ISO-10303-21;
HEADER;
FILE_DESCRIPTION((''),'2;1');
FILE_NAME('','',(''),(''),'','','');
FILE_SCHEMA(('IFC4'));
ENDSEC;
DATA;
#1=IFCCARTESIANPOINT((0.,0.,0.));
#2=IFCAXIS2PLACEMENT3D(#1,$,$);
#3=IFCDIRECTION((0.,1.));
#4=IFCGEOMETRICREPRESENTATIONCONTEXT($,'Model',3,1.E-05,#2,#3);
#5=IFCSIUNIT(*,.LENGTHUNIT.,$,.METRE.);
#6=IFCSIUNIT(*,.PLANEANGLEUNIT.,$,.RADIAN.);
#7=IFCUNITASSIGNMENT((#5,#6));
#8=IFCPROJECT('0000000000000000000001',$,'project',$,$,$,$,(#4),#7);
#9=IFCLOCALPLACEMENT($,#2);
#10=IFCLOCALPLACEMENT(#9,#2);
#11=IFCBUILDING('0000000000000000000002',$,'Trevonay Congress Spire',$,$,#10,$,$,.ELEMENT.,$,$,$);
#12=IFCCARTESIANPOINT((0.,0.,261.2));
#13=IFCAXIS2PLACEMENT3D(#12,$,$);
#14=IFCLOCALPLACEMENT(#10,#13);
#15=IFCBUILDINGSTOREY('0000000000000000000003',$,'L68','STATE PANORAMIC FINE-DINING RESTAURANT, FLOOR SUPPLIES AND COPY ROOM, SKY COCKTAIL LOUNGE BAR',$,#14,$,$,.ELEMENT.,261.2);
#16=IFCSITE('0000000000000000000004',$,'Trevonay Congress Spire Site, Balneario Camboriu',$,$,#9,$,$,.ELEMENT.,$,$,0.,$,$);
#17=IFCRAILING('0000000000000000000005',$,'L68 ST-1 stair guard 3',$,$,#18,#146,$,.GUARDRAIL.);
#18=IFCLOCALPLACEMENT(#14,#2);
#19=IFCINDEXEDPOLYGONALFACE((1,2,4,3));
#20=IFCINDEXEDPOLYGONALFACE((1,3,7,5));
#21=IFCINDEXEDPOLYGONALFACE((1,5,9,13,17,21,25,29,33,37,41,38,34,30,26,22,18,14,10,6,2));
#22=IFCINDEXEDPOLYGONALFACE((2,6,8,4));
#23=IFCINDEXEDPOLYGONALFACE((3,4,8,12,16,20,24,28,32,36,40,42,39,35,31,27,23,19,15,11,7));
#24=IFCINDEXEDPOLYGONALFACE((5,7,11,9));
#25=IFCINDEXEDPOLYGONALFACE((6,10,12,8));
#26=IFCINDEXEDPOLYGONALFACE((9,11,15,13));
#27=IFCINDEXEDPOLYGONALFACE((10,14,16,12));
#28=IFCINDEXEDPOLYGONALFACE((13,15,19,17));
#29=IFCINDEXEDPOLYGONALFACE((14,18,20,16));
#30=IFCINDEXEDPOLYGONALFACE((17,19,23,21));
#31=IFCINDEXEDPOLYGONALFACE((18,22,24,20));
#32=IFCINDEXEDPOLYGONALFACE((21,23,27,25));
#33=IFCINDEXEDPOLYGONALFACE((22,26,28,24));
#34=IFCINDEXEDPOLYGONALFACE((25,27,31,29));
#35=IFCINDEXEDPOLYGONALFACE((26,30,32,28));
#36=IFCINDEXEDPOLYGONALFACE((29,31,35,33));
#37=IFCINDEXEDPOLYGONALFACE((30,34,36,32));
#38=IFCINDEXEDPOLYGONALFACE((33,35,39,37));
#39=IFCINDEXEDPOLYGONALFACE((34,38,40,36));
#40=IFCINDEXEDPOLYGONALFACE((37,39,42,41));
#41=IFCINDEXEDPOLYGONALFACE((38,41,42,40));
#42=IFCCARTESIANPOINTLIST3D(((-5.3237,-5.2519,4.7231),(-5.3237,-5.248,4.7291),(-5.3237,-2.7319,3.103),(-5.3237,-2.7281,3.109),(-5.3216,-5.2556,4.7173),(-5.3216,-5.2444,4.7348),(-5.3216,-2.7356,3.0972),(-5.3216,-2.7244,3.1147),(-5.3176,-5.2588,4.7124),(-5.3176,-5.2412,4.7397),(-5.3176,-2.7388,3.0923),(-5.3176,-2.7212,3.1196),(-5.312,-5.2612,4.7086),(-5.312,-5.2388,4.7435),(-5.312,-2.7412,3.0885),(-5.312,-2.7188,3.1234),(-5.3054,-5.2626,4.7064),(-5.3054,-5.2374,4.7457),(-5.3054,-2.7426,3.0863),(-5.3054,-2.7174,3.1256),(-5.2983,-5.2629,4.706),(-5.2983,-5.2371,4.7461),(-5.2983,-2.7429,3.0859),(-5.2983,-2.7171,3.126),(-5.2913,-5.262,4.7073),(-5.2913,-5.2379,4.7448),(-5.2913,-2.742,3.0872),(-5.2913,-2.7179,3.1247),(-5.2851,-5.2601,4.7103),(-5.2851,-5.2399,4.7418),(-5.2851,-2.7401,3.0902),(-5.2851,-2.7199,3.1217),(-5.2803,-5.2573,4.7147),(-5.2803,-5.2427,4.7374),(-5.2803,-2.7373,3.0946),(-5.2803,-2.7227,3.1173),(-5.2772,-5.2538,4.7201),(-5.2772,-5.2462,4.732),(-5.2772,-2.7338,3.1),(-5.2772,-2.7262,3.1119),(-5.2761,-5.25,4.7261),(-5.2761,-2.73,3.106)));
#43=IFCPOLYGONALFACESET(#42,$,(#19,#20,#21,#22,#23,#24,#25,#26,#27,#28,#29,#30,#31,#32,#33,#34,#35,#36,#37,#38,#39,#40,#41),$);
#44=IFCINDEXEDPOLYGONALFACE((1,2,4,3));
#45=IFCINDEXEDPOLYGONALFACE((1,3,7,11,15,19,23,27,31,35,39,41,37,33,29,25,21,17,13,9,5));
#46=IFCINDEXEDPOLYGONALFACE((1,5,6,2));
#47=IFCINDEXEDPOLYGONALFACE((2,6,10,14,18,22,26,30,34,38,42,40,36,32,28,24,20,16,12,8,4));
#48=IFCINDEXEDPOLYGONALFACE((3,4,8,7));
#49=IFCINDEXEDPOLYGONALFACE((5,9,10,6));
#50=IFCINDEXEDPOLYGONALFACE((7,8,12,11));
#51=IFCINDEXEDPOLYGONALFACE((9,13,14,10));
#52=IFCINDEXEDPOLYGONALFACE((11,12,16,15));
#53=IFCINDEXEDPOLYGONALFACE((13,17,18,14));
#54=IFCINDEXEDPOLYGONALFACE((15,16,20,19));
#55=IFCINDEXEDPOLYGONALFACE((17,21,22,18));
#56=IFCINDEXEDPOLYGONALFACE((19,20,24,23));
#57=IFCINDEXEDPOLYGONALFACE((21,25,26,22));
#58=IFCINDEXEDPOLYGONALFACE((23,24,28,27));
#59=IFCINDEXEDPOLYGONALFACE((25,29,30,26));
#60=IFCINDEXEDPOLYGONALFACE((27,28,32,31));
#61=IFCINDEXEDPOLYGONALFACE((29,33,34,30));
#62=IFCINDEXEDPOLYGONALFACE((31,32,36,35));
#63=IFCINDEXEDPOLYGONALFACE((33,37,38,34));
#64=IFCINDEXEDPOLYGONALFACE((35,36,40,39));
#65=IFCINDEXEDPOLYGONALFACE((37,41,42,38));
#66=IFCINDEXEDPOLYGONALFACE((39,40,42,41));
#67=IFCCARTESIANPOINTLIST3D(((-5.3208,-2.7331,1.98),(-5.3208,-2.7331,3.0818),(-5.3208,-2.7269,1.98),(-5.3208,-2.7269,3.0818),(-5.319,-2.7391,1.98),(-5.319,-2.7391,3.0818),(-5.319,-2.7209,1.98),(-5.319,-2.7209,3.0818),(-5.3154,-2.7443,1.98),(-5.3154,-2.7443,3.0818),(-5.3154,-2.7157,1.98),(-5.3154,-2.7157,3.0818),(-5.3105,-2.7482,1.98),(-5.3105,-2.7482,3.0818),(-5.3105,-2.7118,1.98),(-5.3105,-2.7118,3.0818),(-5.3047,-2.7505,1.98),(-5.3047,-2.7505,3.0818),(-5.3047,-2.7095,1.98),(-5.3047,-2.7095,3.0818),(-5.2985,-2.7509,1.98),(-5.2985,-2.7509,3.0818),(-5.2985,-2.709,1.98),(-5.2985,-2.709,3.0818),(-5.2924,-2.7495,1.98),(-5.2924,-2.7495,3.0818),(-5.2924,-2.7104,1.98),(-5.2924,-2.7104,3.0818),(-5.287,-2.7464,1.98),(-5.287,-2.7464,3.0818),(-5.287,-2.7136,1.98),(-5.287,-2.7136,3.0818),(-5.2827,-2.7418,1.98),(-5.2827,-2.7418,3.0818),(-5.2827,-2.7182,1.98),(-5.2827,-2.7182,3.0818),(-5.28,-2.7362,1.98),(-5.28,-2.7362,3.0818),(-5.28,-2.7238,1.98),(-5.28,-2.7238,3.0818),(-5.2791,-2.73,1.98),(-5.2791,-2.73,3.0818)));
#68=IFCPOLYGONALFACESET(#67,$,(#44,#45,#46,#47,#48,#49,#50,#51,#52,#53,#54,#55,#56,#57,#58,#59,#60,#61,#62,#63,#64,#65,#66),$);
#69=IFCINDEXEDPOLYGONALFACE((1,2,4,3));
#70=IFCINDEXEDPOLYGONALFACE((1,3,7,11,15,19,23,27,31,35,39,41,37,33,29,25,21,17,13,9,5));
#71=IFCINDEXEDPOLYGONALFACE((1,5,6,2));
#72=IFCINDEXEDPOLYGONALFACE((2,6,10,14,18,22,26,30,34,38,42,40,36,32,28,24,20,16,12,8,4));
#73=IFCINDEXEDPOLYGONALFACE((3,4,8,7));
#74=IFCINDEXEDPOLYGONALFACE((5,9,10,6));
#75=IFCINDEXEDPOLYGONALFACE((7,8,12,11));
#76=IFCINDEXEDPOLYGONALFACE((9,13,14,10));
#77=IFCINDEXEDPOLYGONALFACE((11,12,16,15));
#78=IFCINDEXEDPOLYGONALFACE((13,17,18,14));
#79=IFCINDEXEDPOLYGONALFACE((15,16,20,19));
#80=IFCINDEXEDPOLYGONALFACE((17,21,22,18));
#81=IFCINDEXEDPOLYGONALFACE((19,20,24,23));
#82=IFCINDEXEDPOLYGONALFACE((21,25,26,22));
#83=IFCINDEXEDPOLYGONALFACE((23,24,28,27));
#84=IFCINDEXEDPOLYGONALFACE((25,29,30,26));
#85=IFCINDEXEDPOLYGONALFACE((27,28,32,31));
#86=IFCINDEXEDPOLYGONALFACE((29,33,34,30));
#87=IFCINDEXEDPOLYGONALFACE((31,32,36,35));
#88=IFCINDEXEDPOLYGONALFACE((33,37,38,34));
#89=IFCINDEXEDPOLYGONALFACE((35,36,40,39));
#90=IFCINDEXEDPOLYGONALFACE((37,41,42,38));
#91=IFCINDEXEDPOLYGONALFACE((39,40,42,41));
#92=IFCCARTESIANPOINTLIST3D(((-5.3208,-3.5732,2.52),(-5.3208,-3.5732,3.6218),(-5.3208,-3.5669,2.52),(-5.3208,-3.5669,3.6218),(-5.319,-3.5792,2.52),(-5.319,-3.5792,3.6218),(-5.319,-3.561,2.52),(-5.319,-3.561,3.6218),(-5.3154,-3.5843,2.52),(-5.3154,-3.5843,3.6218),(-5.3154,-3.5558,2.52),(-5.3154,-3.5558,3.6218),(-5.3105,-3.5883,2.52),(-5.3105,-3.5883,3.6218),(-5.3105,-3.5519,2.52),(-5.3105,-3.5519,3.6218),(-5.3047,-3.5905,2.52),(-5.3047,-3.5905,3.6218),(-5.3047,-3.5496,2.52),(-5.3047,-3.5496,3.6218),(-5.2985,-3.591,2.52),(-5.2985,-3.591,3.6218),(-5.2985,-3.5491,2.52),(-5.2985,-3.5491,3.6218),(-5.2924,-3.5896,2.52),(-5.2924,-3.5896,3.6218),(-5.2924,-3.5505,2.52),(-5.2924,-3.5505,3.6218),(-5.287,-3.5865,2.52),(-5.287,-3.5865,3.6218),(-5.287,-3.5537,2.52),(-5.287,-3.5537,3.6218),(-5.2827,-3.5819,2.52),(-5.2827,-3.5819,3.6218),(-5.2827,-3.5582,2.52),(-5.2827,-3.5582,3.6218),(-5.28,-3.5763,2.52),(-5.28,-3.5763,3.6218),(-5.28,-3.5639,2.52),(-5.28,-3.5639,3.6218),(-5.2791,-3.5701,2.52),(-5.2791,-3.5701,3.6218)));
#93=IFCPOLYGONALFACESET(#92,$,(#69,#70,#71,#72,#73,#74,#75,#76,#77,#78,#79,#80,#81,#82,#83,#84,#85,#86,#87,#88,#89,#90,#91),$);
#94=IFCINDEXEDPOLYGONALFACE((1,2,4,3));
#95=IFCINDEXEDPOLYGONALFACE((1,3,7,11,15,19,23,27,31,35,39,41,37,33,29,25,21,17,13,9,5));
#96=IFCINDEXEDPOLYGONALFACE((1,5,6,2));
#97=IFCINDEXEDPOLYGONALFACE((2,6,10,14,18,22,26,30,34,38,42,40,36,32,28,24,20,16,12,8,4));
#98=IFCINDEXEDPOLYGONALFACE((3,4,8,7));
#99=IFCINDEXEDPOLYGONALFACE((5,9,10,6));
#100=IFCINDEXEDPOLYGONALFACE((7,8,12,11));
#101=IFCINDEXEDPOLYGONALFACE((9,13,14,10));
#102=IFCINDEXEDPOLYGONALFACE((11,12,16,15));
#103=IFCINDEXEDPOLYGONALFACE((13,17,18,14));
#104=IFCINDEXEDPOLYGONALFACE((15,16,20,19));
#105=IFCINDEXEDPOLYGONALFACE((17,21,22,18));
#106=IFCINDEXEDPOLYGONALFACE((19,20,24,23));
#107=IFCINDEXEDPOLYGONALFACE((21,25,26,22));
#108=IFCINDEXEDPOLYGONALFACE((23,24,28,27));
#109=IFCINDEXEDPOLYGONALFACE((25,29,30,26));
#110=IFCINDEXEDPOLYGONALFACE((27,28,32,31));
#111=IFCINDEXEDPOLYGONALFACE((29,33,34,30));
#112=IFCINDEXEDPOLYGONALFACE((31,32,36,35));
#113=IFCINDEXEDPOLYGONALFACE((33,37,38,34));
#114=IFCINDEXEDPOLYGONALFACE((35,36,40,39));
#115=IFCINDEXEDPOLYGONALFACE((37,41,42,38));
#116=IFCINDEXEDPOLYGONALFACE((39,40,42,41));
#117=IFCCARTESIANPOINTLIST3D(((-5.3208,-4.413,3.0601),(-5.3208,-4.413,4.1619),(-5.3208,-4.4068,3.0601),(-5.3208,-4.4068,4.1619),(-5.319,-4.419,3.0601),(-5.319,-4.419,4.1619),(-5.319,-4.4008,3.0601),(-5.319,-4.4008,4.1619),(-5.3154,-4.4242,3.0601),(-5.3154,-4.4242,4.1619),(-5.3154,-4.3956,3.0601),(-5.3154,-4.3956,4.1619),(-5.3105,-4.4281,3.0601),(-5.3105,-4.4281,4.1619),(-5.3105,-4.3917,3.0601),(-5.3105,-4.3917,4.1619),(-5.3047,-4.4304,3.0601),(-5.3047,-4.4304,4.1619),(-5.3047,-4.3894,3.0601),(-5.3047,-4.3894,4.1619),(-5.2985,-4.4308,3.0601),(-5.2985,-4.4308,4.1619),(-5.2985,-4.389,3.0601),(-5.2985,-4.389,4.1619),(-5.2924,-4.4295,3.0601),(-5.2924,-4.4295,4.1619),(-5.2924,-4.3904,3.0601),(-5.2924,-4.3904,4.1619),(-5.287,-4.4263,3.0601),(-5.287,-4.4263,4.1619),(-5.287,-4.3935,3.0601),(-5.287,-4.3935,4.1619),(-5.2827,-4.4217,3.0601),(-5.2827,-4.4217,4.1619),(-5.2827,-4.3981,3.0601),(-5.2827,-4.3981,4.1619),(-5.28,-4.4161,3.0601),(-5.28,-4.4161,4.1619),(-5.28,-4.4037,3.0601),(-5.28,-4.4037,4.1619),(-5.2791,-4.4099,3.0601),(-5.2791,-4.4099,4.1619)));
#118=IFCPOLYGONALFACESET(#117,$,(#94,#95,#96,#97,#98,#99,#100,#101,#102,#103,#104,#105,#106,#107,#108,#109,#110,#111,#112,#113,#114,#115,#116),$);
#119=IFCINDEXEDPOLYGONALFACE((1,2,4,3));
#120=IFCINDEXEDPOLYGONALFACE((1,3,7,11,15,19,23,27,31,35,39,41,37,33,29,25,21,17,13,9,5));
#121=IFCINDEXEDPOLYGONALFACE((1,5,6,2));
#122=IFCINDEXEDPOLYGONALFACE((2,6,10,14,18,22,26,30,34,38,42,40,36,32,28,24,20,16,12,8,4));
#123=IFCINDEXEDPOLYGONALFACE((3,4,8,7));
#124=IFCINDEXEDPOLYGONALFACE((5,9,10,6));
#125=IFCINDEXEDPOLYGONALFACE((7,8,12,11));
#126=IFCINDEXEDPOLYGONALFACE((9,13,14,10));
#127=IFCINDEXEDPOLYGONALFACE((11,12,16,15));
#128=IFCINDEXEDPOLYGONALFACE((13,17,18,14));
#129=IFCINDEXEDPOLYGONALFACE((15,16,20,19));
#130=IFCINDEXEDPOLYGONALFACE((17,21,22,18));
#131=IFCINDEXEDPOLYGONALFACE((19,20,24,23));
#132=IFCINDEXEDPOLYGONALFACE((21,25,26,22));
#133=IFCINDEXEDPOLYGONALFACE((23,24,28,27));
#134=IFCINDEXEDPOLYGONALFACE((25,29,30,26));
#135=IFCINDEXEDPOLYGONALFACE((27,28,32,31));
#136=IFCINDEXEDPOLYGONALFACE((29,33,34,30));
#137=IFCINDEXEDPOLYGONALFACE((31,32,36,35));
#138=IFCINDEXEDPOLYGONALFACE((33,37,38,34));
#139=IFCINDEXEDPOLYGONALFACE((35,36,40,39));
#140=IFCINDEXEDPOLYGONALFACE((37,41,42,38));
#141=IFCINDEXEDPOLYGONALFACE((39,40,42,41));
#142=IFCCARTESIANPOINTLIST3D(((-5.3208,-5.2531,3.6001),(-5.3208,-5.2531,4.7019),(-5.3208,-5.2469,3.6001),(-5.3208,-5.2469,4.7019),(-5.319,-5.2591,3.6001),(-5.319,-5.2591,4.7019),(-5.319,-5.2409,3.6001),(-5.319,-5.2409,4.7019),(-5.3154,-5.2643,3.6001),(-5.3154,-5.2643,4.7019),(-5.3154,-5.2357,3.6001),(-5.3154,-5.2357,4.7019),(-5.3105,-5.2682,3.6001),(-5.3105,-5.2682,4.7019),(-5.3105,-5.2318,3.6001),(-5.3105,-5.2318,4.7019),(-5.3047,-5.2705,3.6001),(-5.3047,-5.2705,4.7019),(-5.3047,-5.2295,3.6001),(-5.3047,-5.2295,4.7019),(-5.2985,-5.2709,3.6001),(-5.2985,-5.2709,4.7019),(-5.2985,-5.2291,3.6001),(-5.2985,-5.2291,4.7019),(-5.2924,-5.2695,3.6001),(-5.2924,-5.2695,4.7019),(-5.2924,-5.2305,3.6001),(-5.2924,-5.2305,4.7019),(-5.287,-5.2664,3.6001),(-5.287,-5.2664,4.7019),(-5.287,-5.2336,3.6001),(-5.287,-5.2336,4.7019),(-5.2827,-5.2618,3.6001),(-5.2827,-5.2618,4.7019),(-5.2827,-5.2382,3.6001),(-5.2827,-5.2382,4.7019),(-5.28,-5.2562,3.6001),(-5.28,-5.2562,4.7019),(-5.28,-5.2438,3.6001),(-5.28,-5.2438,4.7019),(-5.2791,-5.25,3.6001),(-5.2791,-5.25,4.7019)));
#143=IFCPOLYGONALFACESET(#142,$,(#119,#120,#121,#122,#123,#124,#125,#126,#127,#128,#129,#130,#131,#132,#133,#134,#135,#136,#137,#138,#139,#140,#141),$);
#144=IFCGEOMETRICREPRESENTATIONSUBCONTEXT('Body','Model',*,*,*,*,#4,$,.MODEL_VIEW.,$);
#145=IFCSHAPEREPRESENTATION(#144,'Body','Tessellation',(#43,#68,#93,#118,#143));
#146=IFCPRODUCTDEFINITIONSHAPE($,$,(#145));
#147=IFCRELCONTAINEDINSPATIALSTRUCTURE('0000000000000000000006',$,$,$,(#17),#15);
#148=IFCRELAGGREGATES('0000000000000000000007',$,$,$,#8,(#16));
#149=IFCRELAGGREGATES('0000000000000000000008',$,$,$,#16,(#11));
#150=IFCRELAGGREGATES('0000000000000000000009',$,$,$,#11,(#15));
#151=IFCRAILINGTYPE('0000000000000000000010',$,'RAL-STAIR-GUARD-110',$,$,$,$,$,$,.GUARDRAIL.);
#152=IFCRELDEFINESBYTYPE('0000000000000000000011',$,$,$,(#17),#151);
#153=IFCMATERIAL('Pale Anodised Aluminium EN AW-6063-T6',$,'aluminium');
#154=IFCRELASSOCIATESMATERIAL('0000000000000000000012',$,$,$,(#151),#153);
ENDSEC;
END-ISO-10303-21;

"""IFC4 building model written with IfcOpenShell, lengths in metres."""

from ifc_helpers import new_model, si_unit, direction, frame, origin, origin_2d, place, context, subcontext, project, spatial, circle, extrude, material, type_object, element, save


model = new_model("IFC4")

# Units and contexts
model_context = context("Model", 3, precision=1e-05, world=origin(), true_north=direction((0.0, 1.0)))
body_context = subcontext(model_context, "Body", "Model", "MODEL_VIEW")
ifc_project = project(units=[si_unit("LENGTHUNIT", "METRE"), si_unit("PLANEANGLEUNIT", "RADIAN")], contexts=[model_context])

# Site, building, storey
site_placement = place(None, origin())
site = spatial("IfcSite", under=ifc_project, at=site_placement, Name="Trevonay Congress Spire Site, Balneario Camboriu", CompositionType="ELEMENT", RefElevation=0.0)
building_placement = place(site_placement, origin())
building = spatial("IfcBuilding", under=site, at=building_placement, Name="Trevonay Congress Spire", CompositionType="ELEMENT")
storey_placement = place(building_placement, frame((0.0, 0.0, 261.2)))
storey = spatial("IfcBuildingStorey", under=building, at=storey_placement, Name="L68", Description="STATE PANORAMIC FINE-DINING RESTAURANT, FLOOR SUPPLIES AND COPY ROOM, SKY COCKTAIL LOUNGE BAR", CompositionType="ELEMENT", Elevation=261.2)

# Railing
ifc_material_1 = material(Name="Pale Anodised Aluminium EN AW-6063-T6", Category="aluminium")
railing_type_1 = type_object("IfcRailingType", Name="RAL-STAIR-GUARD-110", PredefinedType="GUARDRAIL", material=ifc_material_1)
railing_1_placement = place(storey_placement, frame((-5.3, -2.73, 1.98)))
element("IfcRailing", 1, at=railing_1_placement, inside=storey, type_object=railing_type_1, Name="L68 ST-1 stair guard 3", PredefinedType="GUARDRAIL", context=body_context, shape_type="SweptSolid", body=[
    extrude(circle(Radius=0.0239, at=origin_2d()), frame((0.0, 0.0, 1.126), z_axis=(0.0, -0.841163, 0.540782), x_axis=(1.0, 0.0, 0.0)), (0.0, 0.0, 1.0), 2.9958),
    extrude(circle(Radius=0.021, at=origin_2d()), origin(), (0.0, 0.0, 1.0), 1.1018),
    extrude(circle(Radius=0.021, at=origin_2d()), frame((0.0, -0.8401, 0.54)), (0.0, 0.0, 1.0), 1.1018),
    extrude(circle(Radius=0.021, at=origin_2d()), frame((0.0, -1.6799, 1.0801)), (0.0, 0.0, 1.0), 1.1018),
    extrude(circle(Radius=0.021, at=origin_2d()), frame((0.0, -2.52, 1.6201)), (0.0, 0.0, 1.0), 1.1018),
])

save(model, "model.ifc")
